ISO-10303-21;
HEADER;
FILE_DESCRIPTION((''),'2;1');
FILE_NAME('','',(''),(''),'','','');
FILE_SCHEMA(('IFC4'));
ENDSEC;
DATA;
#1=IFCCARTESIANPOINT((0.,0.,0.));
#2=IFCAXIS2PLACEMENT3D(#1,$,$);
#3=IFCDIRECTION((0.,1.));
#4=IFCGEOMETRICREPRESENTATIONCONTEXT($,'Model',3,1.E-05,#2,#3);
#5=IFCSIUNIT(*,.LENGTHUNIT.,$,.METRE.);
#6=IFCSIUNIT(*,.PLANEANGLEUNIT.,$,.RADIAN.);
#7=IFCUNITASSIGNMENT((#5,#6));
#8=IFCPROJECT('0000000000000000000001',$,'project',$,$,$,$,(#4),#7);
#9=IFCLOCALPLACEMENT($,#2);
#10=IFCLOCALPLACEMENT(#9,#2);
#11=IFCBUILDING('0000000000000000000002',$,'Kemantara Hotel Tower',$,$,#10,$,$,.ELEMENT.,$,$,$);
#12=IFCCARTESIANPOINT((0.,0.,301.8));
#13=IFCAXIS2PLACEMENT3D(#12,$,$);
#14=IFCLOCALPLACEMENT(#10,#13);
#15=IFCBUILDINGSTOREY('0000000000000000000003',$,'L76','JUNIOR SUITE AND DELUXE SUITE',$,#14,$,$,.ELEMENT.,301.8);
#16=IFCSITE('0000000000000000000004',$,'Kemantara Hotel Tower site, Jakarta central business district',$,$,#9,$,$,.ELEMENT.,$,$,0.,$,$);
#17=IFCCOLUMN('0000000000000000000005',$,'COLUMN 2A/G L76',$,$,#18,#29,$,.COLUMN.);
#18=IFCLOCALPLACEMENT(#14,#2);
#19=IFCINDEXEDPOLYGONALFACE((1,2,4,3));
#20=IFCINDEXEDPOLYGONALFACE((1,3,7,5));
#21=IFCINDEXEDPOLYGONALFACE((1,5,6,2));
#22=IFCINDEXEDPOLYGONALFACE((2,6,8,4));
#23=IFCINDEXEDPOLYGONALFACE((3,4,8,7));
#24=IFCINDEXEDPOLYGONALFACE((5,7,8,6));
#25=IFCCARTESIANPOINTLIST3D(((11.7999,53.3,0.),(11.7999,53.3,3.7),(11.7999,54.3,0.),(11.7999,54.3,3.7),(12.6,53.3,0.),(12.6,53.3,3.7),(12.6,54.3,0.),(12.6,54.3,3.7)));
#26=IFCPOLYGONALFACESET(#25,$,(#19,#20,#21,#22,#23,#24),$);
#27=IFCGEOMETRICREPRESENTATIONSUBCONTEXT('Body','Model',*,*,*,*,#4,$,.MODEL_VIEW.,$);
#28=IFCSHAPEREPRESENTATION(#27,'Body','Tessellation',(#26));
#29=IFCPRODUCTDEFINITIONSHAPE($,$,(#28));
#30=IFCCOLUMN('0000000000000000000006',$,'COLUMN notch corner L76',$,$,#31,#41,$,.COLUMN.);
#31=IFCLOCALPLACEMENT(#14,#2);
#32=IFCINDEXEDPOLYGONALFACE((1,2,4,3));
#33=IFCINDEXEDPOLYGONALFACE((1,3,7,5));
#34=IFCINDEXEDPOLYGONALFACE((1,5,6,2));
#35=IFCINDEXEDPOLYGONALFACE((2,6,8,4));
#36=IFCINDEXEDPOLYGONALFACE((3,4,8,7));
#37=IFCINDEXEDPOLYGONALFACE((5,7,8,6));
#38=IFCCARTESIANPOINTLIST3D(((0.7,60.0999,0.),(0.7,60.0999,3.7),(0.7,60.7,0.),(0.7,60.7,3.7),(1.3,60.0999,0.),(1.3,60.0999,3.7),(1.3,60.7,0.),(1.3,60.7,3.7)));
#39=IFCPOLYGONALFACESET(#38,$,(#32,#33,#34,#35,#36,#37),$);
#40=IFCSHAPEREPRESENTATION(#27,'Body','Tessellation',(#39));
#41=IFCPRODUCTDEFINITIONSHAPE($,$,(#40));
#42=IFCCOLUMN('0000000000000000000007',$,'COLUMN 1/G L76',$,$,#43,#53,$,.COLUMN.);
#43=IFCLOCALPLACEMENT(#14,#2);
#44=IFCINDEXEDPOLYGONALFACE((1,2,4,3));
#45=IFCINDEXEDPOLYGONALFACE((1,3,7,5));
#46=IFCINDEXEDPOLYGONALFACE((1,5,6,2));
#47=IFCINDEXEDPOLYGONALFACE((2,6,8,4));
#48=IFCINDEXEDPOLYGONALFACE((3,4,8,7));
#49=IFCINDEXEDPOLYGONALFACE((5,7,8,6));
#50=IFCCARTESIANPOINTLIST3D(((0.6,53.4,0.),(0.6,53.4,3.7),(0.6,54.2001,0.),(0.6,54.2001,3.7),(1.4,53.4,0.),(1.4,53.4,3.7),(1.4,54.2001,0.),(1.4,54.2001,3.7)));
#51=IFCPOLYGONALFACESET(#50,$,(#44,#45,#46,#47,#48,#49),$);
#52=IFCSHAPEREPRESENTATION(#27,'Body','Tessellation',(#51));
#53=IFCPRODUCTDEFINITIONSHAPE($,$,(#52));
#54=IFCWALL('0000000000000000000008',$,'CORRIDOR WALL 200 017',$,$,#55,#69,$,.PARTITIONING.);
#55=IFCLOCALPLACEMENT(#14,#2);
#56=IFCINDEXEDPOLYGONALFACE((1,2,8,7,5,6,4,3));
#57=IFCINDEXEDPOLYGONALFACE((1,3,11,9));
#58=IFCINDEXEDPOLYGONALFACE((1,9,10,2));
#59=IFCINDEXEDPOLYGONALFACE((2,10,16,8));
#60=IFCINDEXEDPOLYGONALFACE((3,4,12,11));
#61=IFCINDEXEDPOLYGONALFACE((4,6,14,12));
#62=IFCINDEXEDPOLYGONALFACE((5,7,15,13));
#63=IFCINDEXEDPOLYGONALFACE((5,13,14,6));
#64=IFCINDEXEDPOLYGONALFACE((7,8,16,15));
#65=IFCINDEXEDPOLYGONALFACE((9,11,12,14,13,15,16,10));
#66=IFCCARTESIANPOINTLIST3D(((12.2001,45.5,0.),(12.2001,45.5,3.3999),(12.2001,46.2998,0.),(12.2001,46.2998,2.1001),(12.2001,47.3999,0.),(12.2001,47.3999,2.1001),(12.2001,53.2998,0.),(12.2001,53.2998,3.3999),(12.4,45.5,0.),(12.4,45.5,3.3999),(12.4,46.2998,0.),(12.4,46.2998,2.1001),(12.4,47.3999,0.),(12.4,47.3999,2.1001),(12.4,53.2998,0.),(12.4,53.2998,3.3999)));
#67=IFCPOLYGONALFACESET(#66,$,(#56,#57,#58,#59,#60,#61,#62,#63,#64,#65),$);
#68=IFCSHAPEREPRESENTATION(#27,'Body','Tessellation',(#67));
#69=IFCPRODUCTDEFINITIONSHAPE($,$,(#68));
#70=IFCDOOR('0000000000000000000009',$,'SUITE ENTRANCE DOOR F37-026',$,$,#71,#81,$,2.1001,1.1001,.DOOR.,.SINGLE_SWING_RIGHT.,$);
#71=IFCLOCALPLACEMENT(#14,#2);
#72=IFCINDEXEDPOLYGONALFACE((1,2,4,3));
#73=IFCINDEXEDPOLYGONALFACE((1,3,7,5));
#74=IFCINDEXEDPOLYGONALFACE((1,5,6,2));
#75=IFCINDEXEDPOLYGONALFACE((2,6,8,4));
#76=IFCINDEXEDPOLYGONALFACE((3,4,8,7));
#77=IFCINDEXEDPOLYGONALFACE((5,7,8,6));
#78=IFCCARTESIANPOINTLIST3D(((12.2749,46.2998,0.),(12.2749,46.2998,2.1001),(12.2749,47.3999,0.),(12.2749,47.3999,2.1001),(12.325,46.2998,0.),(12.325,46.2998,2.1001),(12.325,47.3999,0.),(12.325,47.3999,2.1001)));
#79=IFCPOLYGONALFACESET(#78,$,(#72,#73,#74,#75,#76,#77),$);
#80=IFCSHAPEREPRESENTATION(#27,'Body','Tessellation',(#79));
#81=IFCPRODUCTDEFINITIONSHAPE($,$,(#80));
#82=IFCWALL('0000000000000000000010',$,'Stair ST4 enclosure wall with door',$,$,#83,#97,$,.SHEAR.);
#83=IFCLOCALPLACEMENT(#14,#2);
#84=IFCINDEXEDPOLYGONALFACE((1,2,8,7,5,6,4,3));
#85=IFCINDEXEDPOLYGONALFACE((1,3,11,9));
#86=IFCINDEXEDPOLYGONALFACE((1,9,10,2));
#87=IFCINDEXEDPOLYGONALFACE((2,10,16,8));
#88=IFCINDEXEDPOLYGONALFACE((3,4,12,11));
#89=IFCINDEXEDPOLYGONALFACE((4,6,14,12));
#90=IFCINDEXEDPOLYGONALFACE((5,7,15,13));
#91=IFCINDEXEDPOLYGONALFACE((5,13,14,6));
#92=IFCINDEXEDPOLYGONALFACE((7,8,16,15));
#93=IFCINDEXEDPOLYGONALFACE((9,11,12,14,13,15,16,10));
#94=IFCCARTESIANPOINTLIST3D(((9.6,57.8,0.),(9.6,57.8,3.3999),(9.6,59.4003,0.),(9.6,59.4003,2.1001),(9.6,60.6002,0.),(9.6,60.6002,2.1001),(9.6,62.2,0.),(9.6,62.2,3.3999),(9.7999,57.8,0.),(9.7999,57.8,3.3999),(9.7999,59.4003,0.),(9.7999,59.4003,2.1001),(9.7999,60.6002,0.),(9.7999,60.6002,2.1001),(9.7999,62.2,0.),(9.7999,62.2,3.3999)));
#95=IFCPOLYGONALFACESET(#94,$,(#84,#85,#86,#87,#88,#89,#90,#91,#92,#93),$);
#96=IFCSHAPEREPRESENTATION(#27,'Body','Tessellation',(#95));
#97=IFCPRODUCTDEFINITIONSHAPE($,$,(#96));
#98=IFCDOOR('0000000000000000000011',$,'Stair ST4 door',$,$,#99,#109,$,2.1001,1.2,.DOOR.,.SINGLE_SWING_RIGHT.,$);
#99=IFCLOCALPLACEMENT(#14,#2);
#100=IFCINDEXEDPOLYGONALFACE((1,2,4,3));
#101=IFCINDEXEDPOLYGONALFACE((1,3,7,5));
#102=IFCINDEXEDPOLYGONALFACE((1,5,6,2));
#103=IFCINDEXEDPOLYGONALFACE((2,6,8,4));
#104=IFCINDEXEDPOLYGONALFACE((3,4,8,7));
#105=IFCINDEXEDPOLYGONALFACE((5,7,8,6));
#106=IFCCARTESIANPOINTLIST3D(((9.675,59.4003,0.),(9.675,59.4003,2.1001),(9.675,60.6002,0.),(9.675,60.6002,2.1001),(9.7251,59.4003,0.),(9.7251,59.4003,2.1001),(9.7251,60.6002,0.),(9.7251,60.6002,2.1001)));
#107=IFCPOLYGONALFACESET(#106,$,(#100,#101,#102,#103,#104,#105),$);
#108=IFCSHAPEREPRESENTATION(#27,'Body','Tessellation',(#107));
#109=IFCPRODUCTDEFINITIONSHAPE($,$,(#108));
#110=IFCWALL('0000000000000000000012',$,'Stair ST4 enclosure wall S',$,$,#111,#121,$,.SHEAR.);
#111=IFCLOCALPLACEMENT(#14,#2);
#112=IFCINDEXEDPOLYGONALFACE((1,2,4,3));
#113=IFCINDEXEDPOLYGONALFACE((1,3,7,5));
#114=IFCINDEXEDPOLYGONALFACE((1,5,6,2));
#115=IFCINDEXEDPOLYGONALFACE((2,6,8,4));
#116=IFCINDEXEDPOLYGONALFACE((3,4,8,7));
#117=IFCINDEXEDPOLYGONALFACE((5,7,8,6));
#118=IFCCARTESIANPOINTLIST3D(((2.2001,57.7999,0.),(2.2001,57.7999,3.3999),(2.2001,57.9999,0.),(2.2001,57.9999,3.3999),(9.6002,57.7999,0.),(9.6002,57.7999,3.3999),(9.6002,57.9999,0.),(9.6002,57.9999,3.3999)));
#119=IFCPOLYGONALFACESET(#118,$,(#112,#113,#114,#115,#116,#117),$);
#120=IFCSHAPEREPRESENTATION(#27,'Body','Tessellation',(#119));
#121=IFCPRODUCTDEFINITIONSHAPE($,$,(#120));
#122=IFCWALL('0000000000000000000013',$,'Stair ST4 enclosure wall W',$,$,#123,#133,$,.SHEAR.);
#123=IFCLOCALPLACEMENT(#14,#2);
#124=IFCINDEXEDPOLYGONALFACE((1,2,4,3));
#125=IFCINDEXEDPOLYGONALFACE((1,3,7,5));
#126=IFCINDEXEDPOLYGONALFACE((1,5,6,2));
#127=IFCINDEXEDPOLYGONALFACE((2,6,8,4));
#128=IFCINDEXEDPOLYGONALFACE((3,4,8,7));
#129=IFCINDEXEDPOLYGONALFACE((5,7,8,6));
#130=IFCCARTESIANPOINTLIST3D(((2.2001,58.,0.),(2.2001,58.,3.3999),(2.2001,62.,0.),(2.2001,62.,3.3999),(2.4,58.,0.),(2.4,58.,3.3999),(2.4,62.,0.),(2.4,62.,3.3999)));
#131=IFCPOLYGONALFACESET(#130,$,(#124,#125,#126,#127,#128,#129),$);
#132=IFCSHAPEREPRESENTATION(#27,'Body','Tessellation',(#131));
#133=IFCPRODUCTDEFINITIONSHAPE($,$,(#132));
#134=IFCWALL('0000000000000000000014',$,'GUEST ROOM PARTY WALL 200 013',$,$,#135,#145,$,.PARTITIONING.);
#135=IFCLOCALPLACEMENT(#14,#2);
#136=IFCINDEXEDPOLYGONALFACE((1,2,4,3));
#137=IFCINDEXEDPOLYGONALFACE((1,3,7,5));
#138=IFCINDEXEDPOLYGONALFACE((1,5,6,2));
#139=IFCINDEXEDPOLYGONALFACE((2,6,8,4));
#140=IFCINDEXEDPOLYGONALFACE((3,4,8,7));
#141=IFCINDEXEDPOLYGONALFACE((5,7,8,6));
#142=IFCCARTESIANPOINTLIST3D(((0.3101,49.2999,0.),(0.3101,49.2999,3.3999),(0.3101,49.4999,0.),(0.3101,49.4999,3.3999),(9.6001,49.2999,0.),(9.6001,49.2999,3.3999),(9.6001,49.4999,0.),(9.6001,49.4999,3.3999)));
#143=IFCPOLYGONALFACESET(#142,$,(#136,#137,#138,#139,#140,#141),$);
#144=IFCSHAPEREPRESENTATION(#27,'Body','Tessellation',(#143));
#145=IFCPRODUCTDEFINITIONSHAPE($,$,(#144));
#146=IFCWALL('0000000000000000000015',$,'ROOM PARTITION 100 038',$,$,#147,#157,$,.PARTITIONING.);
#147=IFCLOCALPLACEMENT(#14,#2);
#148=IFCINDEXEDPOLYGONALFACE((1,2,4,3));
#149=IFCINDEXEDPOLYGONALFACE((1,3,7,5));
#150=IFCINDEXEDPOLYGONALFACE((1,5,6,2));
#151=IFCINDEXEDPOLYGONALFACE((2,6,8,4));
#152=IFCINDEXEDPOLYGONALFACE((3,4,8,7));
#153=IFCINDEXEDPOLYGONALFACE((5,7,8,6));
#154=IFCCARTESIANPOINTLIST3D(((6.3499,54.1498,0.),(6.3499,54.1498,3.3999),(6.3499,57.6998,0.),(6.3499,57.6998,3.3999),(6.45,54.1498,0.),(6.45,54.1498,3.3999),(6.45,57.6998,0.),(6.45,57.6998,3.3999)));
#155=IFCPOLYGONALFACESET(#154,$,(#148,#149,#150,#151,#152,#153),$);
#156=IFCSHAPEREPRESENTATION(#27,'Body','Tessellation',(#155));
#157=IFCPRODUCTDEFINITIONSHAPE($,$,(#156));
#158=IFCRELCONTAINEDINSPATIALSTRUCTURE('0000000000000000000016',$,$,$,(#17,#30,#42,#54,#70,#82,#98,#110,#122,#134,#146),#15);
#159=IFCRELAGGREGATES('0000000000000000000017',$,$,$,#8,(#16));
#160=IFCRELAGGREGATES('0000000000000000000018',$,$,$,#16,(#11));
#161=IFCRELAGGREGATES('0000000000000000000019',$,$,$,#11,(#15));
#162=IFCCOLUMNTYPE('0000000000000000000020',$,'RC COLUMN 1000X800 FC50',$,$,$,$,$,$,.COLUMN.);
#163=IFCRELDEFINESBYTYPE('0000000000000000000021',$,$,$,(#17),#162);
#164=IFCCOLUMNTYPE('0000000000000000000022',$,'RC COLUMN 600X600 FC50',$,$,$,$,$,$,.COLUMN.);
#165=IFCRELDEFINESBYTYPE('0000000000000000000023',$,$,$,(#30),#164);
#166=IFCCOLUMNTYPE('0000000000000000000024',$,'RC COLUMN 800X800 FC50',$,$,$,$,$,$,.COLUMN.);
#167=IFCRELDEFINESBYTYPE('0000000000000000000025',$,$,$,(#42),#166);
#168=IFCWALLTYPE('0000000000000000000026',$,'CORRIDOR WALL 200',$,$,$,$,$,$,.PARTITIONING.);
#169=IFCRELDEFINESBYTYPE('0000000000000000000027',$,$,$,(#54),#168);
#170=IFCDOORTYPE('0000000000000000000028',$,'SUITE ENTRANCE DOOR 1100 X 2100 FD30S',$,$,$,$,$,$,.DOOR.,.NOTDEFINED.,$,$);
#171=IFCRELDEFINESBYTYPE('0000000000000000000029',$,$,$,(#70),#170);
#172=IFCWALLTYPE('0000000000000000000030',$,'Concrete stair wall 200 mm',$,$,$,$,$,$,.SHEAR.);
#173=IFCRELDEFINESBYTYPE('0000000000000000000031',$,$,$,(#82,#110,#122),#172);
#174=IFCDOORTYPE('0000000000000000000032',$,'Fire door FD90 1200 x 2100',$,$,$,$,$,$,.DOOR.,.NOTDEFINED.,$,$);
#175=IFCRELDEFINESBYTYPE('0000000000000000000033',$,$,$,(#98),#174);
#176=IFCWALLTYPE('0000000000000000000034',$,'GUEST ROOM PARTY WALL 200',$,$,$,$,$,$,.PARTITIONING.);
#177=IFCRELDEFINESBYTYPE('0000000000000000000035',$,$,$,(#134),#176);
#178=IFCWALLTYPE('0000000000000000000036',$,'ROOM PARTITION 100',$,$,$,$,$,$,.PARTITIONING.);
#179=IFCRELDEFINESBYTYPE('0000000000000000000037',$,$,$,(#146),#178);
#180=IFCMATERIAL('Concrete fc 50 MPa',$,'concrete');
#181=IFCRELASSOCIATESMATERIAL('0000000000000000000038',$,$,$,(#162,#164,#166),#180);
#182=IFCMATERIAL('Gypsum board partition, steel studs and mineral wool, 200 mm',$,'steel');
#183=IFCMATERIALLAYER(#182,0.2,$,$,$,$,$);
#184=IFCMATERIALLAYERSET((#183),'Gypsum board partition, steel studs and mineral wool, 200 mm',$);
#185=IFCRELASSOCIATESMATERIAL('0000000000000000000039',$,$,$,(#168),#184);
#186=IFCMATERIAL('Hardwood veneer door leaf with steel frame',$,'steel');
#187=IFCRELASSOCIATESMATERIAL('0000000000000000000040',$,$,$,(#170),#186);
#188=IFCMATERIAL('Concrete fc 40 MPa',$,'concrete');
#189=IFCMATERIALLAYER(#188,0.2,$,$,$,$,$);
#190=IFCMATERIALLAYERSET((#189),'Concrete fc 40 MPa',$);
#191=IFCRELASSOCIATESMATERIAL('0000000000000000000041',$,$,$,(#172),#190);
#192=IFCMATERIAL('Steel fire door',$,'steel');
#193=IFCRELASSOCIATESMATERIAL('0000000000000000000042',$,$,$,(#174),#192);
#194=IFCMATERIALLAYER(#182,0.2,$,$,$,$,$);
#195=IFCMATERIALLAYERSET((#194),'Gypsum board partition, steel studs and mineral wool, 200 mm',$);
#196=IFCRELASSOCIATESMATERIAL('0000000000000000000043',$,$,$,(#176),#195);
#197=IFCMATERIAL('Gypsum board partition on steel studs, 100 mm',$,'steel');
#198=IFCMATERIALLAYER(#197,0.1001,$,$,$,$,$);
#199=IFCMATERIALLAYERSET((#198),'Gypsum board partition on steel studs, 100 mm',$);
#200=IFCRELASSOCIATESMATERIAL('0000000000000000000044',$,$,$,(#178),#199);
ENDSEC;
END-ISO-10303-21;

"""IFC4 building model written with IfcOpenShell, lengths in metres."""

from ifc_helpers import new_model, si_unit, direction, frame, frame_2d, origin, origin_2d, place, context, subcontext, project, spatial, rectangle, extrude, material, layer, layer_set, material_profile, profile_set, type_object, element, fill, save


model = new_model("IFC4")

# Units and contexts
model_context = context("Model", 3, precision=1e-05, world=origin(), true_north=direction((0.0, 1.0)))
body_context = subcontext(model_context, "Body", "Model", "MODEL_VIEW")
ifc_project = project(units=[si_unit("LENGTHUNIT", "METRE"), si_unit("PLANEANGLEUNIT", "RADIAN")], contexts=[model_context])

# Site, building, storey
site_placement = place(None, origin())
site = spatial("IfcSite", under=ifc_project, at=site_placement, Name="Kemantara Hotel Tower site, Jakarta central business district", CompositionType="ELEMENT", RefElevation=0.0)
building_placement = place(site_placement, origin())
building = spatial("IfcBuilding", under=site, at=building_placement, Name="Kemantara Hotel Tower", CompositionType="ELEMENT")
storey_placement = place(building_placement, frame((0.0, 0.0, 301.8)))
storey = spatial("IfcBuildingStorey", under=building, at=storey_placement, Name="L76", Description="JUNIOR SUITE AND DELUXE SUITE", CompositionType="ELEMENT", Elevation=301.8)

# Columns
ifc_material_1 = material(Name="Concrete fc 50 MPa", Category="concrete")
ifc_material_profile_1 = material_profile(ifc_material_1, rectangle(XDim=1.0, YDim=0.8, at=origin_2d()), Name="RC 1000X800")
ifc_profile_set_1 = profile_set([ifc_material_profile_1], Name="Concrete fc 50 MPa")
column_type_1 = type_object("IfcColumnType", Name="RC COLUMN 1000X800 FC50", PredefinedType="COLUMN", material=ifc_profile_set_1)
column_1_placement = place(storey_placement, frame((12.2, 53.8, 0.0), z_axis=(0.0, 0.0, 1.0), x_axis=(0.0, 1.0, 0.0)))
element("IfcColumn", 1, at=column_1_placement, inside=storey, type_object=column_type_1, Name="COLUMN 2A/G L76", PredefinedType="COLUMN", context=body_context, shape_type="SweptSolid", body=[
    extrude(rectangle(XDim=1.0, YDim=0.8, at=origin_2d()), origin(), (0.0, 0.0, 1.0), 3.7),
])
ifc_material_profile_2 = material_profile(ifc_material_1, rectangle(XDim=0.6001, YDim=0.6001, at=origin_2d()), Name="RC 600X600")
ifc_profile_set_2 = profile_set([ifc_material_profile_2], Name="Concrete fc 50 MPa")
column_type_2 = type_object("IfcColumnType", Name="RC COLUMN 600X600 FC50", PredefinedType="COLUMN", material=ifc_profile_set_2)
column_2_placement = place(storey_placement, frame((1.0, 60.3999, 0.0), z_axis=(0.0, 0.0, 1.0), x_axis=(1.0, 0.0, 0.0)))
element("IfcColumn", 2, at=column_2_placement, inside=storey, type_object=column_type_2, Name="COLUMN notch corner L76", PredefinedType="COLUMN", context=body_context, shape_type="SweptSolid", body=[
    extrude(rectangle(XDim=0.6001, YDim=0.6001, at=origin_2d()), origin(), (0.0, 0.0, 1.0), 3.7),
])
ifc_material_profile_3 = material_profile(ifc_material_1, rectangle(XDim=0.8, YDim=0.8, at=origin_2d()), Name="RC 800X800")
ifc_profile_set_3 = profile_set([ifc_material_profile_3], Name="Concrete fc 50 MPa")
column_type_3 = type_object("IfcColumnType", Name="RC COLUMN 800X800 FC50", PredefinedType="COLUMN", material=ifc_profile_set_3)
column_3_placement = place(storey_placement, frame((1.0, 53.8, 0.0), z_axis=(0.0, 0.0, 1.0), x_axis=(1.0, 0.0, 0.0)))
element("IfcColumn", 3, at=column_3_placement, inside=storey, type_object=column_type_3, Name="COLUMN 1/G L76", PredefinedType="COLUMN", context=body_context, shape_type="SweptSolid", body=[
    extrude(rectangle(XDim=0.8, YDim=0.8, at=origin_2d()), origin(), (0.0, 0.0, 1.0), 3.7),
])

# Walls, openings, doors
ifc_material_2 = material(Name="Gypsum board partition, steel studs and mineral wool, 200 mm", Category="steel")
ifc_layer_1 = layer(ifc_material_2, 0.2)
ifc_layer_set_1 = layer_set([ifc_layer_1], Name="Gypsum board partition, steel studs and mineral wool, 200 mm")
wall_type_1 = type_object("IfcWallType", Name="CORRIDOR WALL 200", PredefinedType="PARTITIONING", material=ifc_layer_set_1)
wall_1_placement = place(storey_placement, frame((12.3, 53.2998, 0.0), z_axis=(0.0, 0.0, 1.0), x_axis=(0.0, -1.0, 0.0)))
wall_1 = element("IfcWall", 4, at=wall_1_placement, inside=storey, type_object=wall_type_1, Name="CORRIDOR WALL 200 017", PredefinedType="PARTITIONING", context=body_context, shape_type="SweptSolid", body=[
    extrude(rectangle(XDim=7.7998, YDim=0.2, at=frame_2d((3.8999, 0.0))), origin(), (0.0, 0.0, 1.0), 3.3999),
])
opening_1_placement = place(wall_1_placement, frame((5.8999, 0.0, 0.0)))
opening_1 = element("IfcOpeningElement", 5, at=opening_1_placement, cuts=wall_1, PredefinedType="OPENING", context=body_context, shape_type="SweptSolid", body=[
    extrude(rectangle(XDim=1.1001, YDim=2.1001, at=frame_2d((0.55, 1.05))), frame((0.0, 0.1099, 0.0), z_axis=(0.0, -1.0, 0.0), x_axis=(1.0, 0.0, 0.0)), (0.0, 0.0, 1.0), 0.22),
])
ifc_material_3 = material(Name="Hardwood veneer door leaf with steel frame", Category="steel")
door_type_1 = type_object("IfcDoorType", Name="SUITE ENTRANCE DOOR 1100 X 2100 FD30S", OperationType="NOTDEFINED", PredefinedType="DOOR", material=ifc_material_3)
door_1_placement = place(opening_1_placement, origin())
door_1 = element("IfcDoor", 6, at=door_1_placement, inside=storey, type_object=door_type_1, Name="SUITE ENTRANCE DOOR F37-026", OperationType="SINGLE_SWING_RIGHT", OverallHeight=2.1001, OverallWidth=1.1001, PredefinedType="DOOR", context=body_context, shape_type="SweptSolid", body=[
    extrude(rectangle(XDim=1.1001, YDim=2.1001, at=frame_2d((0.55, 1.05))), frame((0.0, 0.0249, 0.0), z_axis=(0.0, -1.0, 0.0), x_axis=(1.0, 0.0, 0.0)), (0.0, 0.0, 1.0), 0.05),
])
fill(opening_1, door_1)
ifc_material_4 = material(Name="Concrete fc 40 MPa", Category="concrete")
ifc_layer_2 = layer(ifc_material_4, 0.2)
ifc_layer_set_2 = layer_set([ifc_layer_2], Name="Concrete fc 40 MPa")
wall_type_2 = type_object("IfcWallType", Name="Concrete stair wall 200 mm", PredefinedType="SHEAR", material=ifc_layer_set_2)
wall_2_placement = place(storey_placement, frame((9.7, 57.8, 0.0), z_axis=(0.0, 0.0, 1.0), x_axis=(0.0, 1.0, 0.0)))
wall_2 = element("IfcWall", 7, at=wall_2_placement, inside=storey, type_object=wall_type_2, Name="Stair ST4 enclosure wall with door", PredefinedType="SHEAR", context=body_context, shape_type="SweptSolid", body=[
    extrude(rectangle(XDim=4.3999, YDim=0.2, at=frame_2d((2.2, 0.0))), origin(), (0.0, 0.0, 1.0), 3.3999),
])
opening_2_placement = place(wall_2_placement, frame((1.6001, 0.0, 0.0)))
opening_2 = element("IfcOpeningElement", 8, at=opening_2_placement, cuts=wall_2, PredefinedType="OPENING", context=body_context, shape_type="SweptSolid", body=[
    extrude(rectangle(XDim=1.2, YDim=2.1001, at=frame_2d((0.6001, 1.05))), frame((0.0, 0.1099, 0.0), z_axis=(0.0, -1.0, 0.0), x_axis=(1.0, 0.0, 0.0)), (0.0, 0.0, 1.0), 0.22),
])
ifc_material_5 = material(Name="Steel fire door", Category="steel")
door_type_2 = type_object("IfcDoorType", Name="Fire door FD90 1200 x 2100", OperationType="NOTDEFINED", PredefinedType="DOOR", material=ifc_material_5)
door_2_placement = place(opening_2_placement, origin())
door_2 = element("IfcDoor", 9, at=door_2_placement, inside=storey, type_object=door_type_2, Name="Stair ST4 door", OperationType="SINGLE_SWING_RIGHT", OverallHeight=2.1001, OverallWidth=1.2, PredefinedType="DOOR", context=body_context, shape_type="SweptSolid", body=[
    extrude(rectangle(XDim=1.2, YDim=2.1001, at=frame_2d((0.6001, 1.05))), frame((0.0, 0.0249, 0.0), z_axis=(0.0, -1.0, 0.0), x_axis=(1.0, 0.0, 0.0)), (0.0, 0.0, 1.0), 0.05),
])
fill(opening_2, door_2)

# Walls
wall_3_placement = place(storey_placement, frame((2.2, 57.8999, 0.0), z_axis=(0.0, 0.0, 1.0), x_axis=(1.0, 0.0, 0.0)))
element("IfcWall", 10, at=wall_3_placement, inside=storey, type_object=wall_type_2, Name="Stair ST4 enclosure wall S", PredefinedType="SHEAR", context=body_context, shape_type="SweptSolid", body=[
    extrude(rectangle(XDim=7.4001, YDim=0.2, at=frame_2d((3.7002, 0.0))), origin(), (0.0, 0.0, 1.0), 3.3999),
])
wall_4_placement = place(storey_placement, frame((2.3, 58.0, 0.0), z_axis=(0.0, 0.0, 1.0), x_axis=(0.0, 1.0, 0.0)))
element("IfcWall", 11, at=wall_4_placement, inside=storey, type_object=wall_type_2, Name="Stair ST4 enclosure wall W", PredefinedType="SHEAR", context=body_context, shape_type="SweptSolid", body=[
    extrude(rectangle(XDim=4.0, YDim=0.2, at=frame_2d((2.0, 0.0))), origin(), (0.0, 0.0, 1.0), 3.3999),
])
ifc_layer_3 = layer(ifc_material_2, 0.2)
ifc_layer_set_3 = layer_set([ifc_layer_3], Name="Gypsum board partition, steel studs and mineral wool, 200 mm")
wall_type_3 = type_object("IfcWallType", Name="GUEST ROOM PARTY WALL 200", PredefinedType="PARTITIONING", material=ifc_layer_set_3)
wall_5_placement = place(storey_placement, frame((0.3101, 49.3999, 0.0), z_axis=(0.0, 0.0, 1.0), x_axis=(1.0, 0.0, 0.0)))
element("IfcWall", 12, at=wall_5_placement, inside=storey, type_object=wall_type_3, Name="GUEST ROOM PARTY WALL 200 013", PredefinedType="PARTITIONING", context=body_context, shape_type="SweptSolid", body=[
    extrude(rectangle(XDim=9.29, YDim=0.2, at=frame_2d((4.645, 0.0))), origin(), (0.0, 0.0, 1.0), 3.3999),
])
ifc_material_6 = material(Name="Gypsum board partition on steel studs, 100 mm", Category="steel")
ifc_layer_4 = layer(ifc_material_6, 0.1001)
ifc_layer_set_4 = layer_set([ifc_layer_4], Name="Gypsum board partition on steel studs, 100 mm")
wall_type_4 = type_object("IfcWallType", Name="ROOM PARTITION 100", PredefinedType="PARTITIONING", material=ifc_layer_set_4)
wall_6_placement = place(storey_placement, frame((6.3999, 54.1499, 0.0), z_axis=(0.0, 0.0, 1.0), x_axis=(0.0, 1.0, 0.0)))
element("IfcWall", 13, at=wall_6_placement, inside=storey, type_object=wall_type_4, Name="ROOM PARTITION 100 038", PredefinedType="PARTITIONING", context=body_context, shape_type="SweptSolid", body=[
    extrude(rectangle(XDim=3.55, YDim=0.1001, at=frame_2d((1.7749, 0.0))), origin(), (0.0, 0.0, 1.0), 3.3999),
])

save(model, "model.ifc")
